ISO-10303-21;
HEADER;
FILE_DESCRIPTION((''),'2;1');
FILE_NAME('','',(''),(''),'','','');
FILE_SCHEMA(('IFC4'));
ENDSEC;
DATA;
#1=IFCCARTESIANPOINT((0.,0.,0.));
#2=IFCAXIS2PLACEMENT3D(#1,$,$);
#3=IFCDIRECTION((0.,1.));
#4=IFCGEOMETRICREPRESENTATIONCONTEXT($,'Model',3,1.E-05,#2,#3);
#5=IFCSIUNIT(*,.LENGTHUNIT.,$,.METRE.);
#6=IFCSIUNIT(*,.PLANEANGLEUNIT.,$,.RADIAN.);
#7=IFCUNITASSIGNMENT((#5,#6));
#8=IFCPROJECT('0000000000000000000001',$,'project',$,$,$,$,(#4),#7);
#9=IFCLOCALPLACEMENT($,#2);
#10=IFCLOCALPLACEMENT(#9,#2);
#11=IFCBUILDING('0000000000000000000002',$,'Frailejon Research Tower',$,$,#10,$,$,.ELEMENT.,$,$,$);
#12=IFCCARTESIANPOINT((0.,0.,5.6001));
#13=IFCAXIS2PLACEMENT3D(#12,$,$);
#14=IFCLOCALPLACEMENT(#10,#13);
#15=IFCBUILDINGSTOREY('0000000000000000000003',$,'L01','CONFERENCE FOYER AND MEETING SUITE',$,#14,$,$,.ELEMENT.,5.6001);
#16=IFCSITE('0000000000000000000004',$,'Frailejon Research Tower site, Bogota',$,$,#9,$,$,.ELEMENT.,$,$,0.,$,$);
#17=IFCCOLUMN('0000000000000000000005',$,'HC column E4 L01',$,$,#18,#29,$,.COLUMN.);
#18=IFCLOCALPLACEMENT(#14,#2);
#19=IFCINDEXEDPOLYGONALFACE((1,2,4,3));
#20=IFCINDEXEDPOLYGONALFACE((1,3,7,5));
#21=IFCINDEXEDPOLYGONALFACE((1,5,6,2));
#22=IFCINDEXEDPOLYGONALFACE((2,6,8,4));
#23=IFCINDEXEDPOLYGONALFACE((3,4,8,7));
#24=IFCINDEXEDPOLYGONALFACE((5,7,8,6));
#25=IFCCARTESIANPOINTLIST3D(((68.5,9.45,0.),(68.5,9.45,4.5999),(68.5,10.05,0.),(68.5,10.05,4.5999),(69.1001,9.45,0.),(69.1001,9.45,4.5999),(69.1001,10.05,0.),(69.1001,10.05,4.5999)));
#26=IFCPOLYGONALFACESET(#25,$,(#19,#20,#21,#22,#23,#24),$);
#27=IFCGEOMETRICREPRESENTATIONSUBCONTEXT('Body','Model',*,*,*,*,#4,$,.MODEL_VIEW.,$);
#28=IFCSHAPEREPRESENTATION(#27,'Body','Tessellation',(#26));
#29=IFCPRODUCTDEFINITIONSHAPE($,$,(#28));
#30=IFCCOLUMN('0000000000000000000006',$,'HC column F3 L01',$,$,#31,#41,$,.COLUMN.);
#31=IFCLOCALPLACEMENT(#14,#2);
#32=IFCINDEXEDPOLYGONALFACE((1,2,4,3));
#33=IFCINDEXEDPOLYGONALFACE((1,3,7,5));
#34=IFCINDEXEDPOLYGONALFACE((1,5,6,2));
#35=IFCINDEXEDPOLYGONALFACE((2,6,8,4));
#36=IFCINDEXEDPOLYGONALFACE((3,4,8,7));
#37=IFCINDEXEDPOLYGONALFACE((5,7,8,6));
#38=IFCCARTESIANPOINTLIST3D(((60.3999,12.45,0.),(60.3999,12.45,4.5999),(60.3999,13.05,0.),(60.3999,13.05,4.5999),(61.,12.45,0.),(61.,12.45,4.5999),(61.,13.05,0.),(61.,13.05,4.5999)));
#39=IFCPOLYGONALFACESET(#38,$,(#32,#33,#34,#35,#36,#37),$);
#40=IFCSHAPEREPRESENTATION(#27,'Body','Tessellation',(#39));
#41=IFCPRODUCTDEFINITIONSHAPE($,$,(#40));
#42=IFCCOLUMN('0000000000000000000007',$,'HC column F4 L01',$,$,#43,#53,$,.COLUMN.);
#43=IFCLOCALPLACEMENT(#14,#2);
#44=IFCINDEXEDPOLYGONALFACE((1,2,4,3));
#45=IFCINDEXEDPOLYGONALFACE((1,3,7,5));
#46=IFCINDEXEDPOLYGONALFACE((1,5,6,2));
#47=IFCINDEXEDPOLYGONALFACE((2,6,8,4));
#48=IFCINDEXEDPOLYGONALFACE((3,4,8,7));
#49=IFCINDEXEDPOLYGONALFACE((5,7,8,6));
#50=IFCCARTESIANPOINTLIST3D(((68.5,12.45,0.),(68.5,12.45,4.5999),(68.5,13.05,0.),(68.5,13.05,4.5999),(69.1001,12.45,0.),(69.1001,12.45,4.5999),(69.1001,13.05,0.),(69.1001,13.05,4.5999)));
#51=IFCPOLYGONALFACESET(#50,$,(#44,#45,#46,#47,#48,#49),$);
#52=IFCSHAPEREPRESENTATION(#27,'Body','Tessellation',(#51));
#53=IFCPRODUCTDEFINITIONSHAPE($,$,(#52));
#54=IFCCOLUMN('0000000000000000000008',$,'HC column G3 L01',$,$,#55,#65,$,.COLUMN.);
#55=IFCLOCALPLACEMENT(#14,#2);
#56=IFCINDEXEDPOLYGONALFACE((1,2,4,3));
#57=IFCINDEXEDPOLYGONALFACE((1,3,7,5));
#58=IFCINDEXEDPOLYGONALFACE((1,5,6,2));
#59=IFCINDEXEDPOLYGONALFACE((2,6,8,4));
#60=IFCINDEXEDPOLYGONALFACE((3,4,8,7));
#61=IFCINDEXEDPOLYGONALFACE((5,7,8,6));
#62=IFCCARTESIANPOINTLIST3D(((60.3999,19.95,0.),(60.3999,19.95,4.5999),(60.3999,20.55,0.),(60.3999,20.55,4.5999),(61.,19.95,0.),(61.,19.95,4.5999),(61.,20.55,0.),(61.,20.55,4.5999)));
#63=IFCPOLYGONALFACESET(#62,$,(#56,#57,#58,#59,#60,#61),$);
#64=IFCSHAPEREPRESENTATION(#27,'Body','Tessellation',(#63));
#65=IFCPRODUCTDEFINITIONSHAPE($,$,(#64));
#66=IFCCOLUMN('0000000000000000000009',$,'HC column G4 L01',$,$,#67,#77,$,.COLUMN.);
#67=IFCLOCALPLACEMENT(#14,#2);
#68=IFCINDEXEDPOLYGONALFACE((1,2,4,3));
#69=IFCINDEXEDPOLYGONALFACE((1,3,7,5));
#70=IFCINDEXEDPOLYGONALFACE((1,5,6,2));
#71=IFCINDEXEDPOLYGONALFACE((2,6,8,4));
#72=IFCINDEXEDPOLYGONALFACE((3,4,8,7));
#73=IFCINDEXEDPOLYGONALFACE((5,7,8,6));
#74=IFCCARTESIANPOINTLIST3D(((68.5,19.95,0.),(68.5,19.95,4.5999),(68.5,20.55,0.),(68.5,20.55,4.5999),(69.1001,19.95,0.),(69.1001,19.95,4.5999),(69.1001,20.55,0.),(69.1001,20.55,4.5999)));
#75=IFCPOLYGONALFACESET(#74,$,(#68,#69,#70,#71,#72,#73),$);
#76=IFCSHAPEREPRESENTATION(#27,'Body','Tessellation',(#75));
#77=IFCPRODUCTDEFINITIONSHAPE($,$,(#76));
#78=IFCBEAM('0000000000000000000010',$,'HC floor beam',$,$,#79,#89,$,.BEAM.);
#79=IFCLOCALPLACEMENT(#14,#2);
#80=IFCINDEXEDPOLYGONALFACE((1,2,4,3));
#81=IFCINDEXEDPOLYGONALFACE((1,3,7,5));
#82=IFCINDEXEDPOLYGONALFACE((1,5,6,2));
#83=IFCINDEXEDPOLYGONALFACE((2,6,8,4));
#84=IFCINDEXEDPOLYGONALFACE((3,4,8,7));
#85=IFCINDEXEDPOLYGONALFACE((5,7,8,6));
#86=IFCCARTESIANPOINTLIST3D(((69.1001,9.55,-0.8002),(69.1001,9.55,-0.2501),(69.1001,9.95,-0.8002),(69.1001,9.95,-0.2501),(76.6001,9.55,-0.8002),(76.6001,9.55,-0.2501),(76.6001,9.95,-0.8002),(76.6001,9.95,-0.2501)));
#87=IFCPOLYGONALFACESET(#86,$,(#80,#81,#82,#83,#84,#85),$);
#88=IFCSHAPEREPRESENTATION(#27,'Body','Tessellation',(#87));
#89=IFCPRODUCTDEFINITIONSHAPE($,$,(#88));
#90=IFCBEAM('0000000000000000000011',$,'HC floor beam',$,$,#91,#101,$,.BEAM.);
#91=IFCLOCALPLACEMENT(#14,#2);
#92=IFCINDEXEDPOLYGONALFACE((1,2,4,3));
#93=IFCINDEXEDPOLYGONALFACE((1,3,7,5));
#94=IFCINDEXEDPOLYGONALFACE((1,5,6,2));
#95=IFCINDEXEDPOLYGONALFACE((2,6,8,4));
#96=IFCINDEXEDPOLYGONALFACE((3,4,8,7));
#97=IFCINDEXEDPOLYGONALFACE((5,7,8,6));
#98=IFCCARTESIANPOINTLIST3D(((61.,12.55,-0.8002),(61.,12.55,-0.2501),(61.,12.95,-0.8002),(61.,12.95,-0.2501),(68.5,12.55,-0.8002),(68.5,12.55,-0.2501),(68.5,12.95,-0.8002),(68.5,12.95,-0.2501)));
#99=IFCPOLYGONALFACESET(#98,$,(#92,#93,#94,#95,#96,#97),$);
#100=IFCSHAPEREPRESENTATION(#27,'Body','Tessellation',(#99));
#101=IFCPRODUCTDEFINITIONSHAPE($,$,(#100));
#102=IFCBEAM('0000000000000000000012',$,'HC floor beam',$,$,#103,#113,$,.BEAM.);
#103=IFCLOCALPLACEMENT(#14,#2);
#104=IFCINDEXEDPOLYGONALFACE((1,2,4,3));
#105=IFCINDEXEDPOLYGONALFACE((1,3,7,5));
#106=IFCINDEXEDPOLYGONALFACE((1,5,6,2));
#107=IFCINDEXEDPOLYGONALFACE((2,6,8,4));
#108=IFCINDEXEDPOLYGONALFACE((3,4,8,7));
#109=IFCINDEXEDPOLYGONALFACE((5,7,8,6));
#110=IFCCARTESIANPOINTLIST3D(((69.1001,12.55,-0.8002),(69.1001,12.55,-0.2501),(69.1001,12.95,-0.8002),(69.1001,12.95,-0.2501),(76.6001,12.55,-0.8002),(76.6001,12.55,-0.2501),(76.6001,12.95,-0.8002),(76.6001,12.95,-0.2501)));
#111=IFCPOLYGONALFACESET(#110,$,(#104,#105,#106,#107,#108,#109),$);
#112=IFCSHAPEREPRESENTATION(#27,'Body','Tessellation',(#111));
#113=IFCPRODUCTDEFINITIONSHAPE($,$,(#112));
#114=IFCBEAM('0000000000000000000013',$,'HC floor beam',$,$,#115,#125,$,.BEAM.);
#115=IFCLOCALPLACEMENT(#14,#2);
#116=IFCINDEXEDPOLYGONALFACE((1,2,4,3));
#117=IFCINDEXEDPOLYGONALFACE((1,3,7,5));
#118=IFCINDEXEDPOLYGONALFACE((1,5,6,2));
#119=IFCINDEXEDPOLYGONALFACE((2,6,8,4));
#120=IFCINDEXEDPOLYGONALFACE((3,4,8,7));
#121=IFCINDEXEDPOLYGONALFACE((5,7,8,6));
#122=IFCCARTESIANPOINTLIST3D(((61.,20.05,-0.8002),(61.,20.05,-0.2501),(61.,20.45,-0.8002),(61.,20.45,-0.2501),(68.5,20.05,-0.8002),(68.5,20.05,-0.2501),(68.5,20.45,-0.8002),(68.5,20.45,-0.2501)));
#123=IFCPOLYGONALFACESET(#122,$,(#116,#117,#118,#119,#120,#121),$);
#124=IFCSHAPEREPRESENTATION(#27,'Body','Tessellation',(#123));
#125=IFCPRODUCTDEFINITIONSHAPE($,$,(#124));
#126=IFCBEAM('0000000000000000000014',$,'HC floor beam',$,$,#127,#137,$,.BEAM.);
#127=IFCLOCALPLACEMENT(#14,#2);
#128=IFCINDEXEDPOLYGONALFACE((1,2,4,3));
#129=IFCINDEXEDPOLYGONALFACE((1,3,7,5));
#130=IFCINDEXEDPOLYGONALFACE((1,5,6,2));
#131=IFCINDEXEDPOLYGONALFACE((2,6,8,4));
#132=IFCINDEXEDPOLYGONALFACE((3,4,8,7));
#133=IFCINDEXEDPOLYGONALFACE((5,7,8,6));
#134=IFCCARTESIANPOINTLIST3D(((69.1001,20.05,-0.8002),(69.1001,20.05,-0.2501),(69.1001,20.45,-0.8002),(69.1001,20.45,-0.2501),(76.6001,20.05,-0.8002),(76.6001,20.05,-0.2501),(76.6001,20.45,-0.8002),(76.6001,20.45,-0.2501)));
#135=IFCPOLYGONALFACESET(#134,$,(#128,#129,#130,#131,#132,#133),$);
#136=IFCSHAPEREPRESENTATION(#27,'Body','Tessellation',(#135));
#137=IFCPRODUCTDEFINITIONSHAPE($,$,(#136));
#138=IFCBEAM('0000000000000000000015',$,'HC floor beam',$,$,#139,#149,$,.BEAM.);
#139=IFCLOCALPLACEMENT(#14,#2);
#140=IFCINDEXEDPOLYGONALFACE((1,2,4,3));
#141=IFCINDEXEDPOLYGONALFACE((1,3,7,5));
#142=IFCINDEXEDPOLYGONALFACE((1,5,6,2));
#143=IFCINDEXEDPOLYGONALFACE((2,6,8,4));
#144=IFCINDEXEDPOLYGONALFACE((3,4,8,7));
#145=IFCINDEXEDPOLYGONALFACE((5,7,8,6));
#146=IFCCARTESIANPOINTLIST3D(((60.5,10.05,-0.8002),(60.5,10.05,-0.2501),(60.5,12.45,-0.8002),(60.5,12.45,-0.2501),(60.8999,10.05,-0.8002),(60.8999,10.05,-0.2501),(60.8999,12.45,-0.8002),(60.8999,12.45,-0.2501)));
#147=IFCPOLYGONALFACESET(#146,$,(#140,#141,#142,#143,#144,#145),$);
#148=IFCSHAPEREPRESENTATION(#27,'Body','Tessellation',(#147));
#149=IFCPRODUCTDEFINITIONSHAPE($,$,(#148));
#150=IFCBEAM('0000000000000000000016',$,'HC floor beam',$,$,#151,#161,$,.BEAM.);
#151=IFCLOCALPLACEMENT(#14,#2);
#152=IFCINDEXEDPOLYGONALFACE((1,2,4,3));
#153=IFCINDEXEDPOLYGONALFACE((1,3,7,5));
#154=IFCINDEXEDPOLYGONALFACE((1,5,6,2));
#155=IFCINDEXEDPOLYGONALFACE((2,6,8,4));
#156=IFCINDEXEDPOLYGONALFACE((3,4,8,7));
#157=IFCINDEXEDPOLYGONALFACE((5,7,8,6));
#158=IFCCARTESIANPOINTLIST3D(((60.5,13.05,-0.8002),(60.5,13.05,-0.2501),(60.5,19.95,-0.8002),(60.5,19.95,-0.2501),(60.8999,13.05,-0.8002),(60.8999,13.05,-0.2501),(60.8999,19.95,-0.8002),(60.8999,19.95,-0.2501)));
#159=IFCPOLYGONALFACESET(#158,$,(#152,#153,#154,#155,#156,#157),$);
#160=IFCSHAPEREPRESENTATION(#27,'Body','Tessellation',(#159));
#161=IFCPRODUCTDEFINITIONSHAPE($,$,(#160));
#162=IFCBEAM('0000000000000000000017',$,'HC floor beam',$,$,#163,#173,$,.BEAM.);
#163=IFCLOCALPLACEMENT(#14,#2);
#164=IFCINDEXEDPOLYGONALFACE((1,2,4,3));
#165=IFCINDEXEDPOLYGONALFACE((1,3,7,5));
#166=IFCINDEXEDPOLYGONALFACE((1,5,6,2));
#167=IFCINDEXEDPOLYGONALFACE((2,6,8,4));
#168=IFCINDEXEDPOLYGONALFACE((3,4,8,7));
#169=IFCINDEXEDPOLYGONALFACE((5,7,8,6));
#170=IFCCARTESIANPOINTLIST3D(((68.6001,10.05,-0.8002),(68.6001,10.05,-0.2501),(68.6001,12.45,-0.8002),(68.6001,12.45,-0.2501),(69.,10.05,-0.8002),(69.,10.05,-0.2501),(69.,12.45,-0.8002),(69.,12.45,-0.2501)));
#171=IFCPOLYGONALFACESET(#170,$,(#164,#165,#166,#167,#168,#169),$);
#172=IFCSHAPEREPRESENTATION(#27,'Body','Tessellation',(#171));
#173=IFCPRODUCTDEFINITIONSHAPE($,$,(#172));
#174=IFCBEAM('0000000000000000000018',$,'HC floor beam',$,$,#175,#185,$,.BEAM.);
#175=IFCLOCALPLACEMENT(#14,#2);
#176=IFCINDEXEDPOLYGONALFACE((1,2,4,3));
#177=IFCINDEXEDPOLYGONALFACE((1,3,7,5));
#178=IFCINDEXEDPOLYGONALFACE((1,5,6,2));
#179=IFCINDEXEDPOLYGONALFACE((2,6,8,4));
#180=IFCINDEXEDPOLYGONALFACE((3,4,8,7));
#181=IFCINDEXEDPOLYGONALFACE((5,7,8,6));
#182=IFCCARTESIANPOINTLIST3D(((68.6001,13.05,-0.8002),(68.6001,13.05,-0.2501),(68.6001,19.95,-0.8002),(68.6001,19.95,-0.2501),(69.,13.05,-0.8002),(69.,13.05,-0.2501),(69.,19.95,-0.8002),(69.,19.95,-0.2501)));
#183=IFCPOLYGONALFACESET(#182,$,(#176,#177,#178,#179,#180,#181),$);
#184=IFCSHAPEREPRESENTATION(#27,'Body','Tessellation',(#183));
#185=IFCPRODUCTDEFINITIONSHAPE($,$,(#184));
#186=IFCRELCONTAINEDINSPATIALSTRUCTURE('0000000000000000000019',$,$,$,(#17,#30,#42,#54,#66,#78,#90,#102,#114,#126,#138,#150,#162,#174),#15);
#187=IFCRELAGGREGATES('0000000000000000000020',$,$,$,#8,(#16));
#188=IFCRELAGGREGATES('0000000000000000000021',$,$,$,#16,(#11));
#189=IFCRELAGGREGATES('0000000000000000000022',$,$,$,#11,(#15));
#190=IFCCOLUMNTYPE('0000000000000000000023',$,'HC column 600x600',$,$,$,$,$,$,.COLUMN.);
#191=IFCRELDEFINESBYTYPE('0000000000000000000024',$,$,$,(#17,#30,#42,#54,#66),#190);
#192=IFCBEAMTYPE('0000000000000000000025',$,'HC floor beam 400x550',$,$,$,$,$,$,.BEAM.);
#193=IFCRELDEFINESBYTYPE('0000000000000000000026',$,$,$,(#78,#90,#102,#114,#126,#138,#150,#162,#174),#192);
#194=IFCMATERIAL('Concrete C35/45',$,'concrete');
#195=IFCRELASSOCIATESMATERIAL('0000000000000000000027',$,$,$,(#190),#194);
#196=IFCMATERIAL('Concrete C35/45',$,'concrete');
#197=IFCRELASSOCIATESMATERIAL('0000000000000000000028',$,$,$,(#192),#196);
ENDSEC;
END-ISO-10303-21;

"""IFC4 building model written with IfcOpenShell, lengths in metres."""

from ifc_helpers import new_model, si_unit, direction, frame, origin, origin_2d, place, context, subcontext, project, spatial, rectangle, extrude, material, material_profile, profile_set, type_object, element, save


model = new_model("IFC4")

# Units and contexts
model_context = context("Model", 3, precision=1e-05, world=origin(), true_north=direction((0.0, 1.0)))
body_context = subcontext(model_context, "Body", "Model", "MODEL_VIEW")
ifc_project = project(units=[si_unit("LENGTHUNIT", "METRE"), si_unit("PLANEANGLEUNIT", "RADIAN")], contexts=[model_context])

# Site, building, storey
site_placement = place(None, origin())
site = spatial("IfcSite", under=ifc_project, at=site_placement, Name="Frailejon Research Tower site, Bogota", CompositionType="ELEMENT", RefElevation=0.0)
building_placement = place(site_placement, origin())
building = spatial("IfcBuilding", under=site, at=building_placement, Name="Frailejon Research Tower", CompositionType="ELEMENT")
storey_placement = place(building_placement, frame((0.0, 0.0, 5.6001)))
storey = spatial("IfcBuildingStorey", under=building, at=storey_placement, Name="L01", Description="CONFERENCE FOYER AND MEETING SUITE", CompositionType="ELEMENT", Elevation=5.6001)

# Columns
ifc_material_1 = material(Name="Concrete C35/45", Category="concrete")
ifc_material_profile_1 = material_profile(ifc_material_1, rectangle(XDim=0.6001, YDim=0.6001, at=origin_2d()), Name="HC column 600x600")
ifc_profile_set_1 = profile_set([ifc_material_profile_1], Name="Concrete C35/45")
column_type = type_object("IfcColumnType", Name="HC column 600x600", PredefinedType="COLUMN", material=ifc_profile_set_1)
for number, where, z_axis, x_axis, name in (
    (1, (68.8, 9.75, 0.0), (0.0, 0.0, 1.0), (1.0, 0.0, 0.0), "HC column E4 L01"),
    (2, (60.7, 12.75, 0.0), (0.0, 0.0, 1.0), (1.0, 0.0, 0.0), "HC column F3 L01"),
    (3, (68.8, 12.75, 0.0), (0.0, 0.0, 1.0), (1.0, 0.0, 0.0), "HC column F4 L01"),
    (4, (60.7, 20.25, 0.0), (0.0, 0.0, 1.0), (1.0, 0.0, 0.0), "HC column G3 L01"),
    (5, (68.8, 20.25, 0.0), (0.0, 0.0, 1.0), (1.0, 0.0, 0.0), "HC column G4 L01"),
):
    element("IfcColumn", number, at=place(storey_placement, frame(where, z_axis=z_axis, x_axis=x_axis)), inside=storey, type_object=column_type, Name=name, PredefinedType="COLUMN", context=body_context, shape_type="SweptSolid", body=[
        extrude(rectangle(XDim=0.6001, YDim=0.6001, at=origin_2d()), origin(), (0.0, 0.0, 1.0), 4.5999),
    ])

# Beams
ifc_material_2 = material(Name="Concrete C35/45", Category="concrete")
ifc_material_profile_2 = material_profile(ifc_material_2, rectangle(XDim=0.3999, YDim=0.55, at=origin_2d()), Name="HC floor beam 400x550")
ifc_profile_set_2 = profile_set([ifc_material_profile_2], Name="Concrete C35/45")
beam_type = type_object("IfcBeamType", Name="HC floor beam 400x550", PredefinedType="BEAM", material=ifc_profile_set_2)
for number, where, z_axis, x_axis, name in (
    (6, (69.1001, 9.75, -0.5251), (1.0, 0.0, 0.0), (0.0, 1.0, 0.0), "HC floor beam"),
    (7, (61.0, 12.75, -0.5251), (1.0, 0.0, 0.0), (0.0, 1.0, 0.0), "HC floor beam"),
    (8, (69.1001, 12.75, -0.5251), (1.0, 0.0, 0.0), (0.0, 1.0, 0.0), "HC floor beam"),
    (9, (61.0, 20.25, -0.5251), (1.0, 0.0, 0.0), (0.0, 1.0, 0.0), "HC floor beam"),
    (10, (69.1001, 20.25, -0.5251), (1.0, 0.0, 0.0), (0.0, 1.0, 0.0), "HC floor beam"),
):
    element("IfcBeam", number, at=place(storey_placement, frame(where, z_axis=z_axis, x_axis=x_axis)), inside=storey, type_object=beam_type, Name=name, PredefinedType="BEAM", context=body_context, shape_type="SweptSolid", body=[
        extrude(rectangle(XDim=0.3999, YDim=0.55, at=origin_2d()), origin(), (0.0, 0.0, 1.0), 7.5),
    ])
beam_1_placement = place(storey_placement, frame((60.7, 10.05, -0.5251), z_axis=(0.0, 1.0, 0.0), x_axis=(-1.0, 0.0, 0.0)))
element("IfcBeam", 11, at=beam_1_placement, inside=storey, type_object=beam_type, Name="HC floor beam", PredefinedType="BEAM", context=body_context, shape_type="SweptSolid", body=[
    extrude(rectangle(XDim=0.3999, YDim=0.55, at=origin_2d()), origin(), (0.0, 0.0, 1.0), 2.3999),
])
beam_2_placement = place(storey_placement, frame((60.7, 13.05, -0.5251), z_axis=(0.0, 1.0, 0.0), x_axis=(-1.0, 0.0, 0.0)))
element("IfcBeam", 12, at=beam_2_placement, inside=storey, type_object=beam_type, Name="HC floor beam", PredefinedType="BEAM", context=body_context, shape_type="SweptSolid", body=[
    extrude(rectangle(XDim=0.3999, YDim=0.55, at=origin_2d()), origin(), (0.0, 0.0, 1.0), 6.8999),
])
beam_3_placement = place(storey_placement, frame((68.8, 10.05, -0.5251), z_axis=(0.0, 1.0, 0.0), x_axis=(-1.0, 0.0, 0.0)))
element("IfcBeam", 13, at=beam_3_placement, inside=storey, type_object=beam_type, Name="HC floor beam", PredefinedType="BEAM", context=body_context, shape_type="SweptSolid", body=[
    extrude(rectangle(XDim=0.3999, YDim=0.55, at=origin_2d()), origin(), (0.0, 0.0, 1.0), 2.3999),
])
beam_4_placement = place(storey_placement, frame((68.8, 13.05, -0.5251), z_axis=(0.0, 1.0, 0.0), x_axis=(-1.0, 0.0, 0.0)))
element("IfcBeam", 14, at=beam_4_placement, inside=storey, type_object=beam_type, Name="HC floor beam", PredefinedType="BEAM", context=body_context, shape_type="SweptSolid", body=[
    extrude(rectangle(XDim=0.3999, YDim=0.55, at=origin_2d()), origin(), (0.0, 0.0, 1.0), 6.8999),
])

save(model, "model.ifc")
